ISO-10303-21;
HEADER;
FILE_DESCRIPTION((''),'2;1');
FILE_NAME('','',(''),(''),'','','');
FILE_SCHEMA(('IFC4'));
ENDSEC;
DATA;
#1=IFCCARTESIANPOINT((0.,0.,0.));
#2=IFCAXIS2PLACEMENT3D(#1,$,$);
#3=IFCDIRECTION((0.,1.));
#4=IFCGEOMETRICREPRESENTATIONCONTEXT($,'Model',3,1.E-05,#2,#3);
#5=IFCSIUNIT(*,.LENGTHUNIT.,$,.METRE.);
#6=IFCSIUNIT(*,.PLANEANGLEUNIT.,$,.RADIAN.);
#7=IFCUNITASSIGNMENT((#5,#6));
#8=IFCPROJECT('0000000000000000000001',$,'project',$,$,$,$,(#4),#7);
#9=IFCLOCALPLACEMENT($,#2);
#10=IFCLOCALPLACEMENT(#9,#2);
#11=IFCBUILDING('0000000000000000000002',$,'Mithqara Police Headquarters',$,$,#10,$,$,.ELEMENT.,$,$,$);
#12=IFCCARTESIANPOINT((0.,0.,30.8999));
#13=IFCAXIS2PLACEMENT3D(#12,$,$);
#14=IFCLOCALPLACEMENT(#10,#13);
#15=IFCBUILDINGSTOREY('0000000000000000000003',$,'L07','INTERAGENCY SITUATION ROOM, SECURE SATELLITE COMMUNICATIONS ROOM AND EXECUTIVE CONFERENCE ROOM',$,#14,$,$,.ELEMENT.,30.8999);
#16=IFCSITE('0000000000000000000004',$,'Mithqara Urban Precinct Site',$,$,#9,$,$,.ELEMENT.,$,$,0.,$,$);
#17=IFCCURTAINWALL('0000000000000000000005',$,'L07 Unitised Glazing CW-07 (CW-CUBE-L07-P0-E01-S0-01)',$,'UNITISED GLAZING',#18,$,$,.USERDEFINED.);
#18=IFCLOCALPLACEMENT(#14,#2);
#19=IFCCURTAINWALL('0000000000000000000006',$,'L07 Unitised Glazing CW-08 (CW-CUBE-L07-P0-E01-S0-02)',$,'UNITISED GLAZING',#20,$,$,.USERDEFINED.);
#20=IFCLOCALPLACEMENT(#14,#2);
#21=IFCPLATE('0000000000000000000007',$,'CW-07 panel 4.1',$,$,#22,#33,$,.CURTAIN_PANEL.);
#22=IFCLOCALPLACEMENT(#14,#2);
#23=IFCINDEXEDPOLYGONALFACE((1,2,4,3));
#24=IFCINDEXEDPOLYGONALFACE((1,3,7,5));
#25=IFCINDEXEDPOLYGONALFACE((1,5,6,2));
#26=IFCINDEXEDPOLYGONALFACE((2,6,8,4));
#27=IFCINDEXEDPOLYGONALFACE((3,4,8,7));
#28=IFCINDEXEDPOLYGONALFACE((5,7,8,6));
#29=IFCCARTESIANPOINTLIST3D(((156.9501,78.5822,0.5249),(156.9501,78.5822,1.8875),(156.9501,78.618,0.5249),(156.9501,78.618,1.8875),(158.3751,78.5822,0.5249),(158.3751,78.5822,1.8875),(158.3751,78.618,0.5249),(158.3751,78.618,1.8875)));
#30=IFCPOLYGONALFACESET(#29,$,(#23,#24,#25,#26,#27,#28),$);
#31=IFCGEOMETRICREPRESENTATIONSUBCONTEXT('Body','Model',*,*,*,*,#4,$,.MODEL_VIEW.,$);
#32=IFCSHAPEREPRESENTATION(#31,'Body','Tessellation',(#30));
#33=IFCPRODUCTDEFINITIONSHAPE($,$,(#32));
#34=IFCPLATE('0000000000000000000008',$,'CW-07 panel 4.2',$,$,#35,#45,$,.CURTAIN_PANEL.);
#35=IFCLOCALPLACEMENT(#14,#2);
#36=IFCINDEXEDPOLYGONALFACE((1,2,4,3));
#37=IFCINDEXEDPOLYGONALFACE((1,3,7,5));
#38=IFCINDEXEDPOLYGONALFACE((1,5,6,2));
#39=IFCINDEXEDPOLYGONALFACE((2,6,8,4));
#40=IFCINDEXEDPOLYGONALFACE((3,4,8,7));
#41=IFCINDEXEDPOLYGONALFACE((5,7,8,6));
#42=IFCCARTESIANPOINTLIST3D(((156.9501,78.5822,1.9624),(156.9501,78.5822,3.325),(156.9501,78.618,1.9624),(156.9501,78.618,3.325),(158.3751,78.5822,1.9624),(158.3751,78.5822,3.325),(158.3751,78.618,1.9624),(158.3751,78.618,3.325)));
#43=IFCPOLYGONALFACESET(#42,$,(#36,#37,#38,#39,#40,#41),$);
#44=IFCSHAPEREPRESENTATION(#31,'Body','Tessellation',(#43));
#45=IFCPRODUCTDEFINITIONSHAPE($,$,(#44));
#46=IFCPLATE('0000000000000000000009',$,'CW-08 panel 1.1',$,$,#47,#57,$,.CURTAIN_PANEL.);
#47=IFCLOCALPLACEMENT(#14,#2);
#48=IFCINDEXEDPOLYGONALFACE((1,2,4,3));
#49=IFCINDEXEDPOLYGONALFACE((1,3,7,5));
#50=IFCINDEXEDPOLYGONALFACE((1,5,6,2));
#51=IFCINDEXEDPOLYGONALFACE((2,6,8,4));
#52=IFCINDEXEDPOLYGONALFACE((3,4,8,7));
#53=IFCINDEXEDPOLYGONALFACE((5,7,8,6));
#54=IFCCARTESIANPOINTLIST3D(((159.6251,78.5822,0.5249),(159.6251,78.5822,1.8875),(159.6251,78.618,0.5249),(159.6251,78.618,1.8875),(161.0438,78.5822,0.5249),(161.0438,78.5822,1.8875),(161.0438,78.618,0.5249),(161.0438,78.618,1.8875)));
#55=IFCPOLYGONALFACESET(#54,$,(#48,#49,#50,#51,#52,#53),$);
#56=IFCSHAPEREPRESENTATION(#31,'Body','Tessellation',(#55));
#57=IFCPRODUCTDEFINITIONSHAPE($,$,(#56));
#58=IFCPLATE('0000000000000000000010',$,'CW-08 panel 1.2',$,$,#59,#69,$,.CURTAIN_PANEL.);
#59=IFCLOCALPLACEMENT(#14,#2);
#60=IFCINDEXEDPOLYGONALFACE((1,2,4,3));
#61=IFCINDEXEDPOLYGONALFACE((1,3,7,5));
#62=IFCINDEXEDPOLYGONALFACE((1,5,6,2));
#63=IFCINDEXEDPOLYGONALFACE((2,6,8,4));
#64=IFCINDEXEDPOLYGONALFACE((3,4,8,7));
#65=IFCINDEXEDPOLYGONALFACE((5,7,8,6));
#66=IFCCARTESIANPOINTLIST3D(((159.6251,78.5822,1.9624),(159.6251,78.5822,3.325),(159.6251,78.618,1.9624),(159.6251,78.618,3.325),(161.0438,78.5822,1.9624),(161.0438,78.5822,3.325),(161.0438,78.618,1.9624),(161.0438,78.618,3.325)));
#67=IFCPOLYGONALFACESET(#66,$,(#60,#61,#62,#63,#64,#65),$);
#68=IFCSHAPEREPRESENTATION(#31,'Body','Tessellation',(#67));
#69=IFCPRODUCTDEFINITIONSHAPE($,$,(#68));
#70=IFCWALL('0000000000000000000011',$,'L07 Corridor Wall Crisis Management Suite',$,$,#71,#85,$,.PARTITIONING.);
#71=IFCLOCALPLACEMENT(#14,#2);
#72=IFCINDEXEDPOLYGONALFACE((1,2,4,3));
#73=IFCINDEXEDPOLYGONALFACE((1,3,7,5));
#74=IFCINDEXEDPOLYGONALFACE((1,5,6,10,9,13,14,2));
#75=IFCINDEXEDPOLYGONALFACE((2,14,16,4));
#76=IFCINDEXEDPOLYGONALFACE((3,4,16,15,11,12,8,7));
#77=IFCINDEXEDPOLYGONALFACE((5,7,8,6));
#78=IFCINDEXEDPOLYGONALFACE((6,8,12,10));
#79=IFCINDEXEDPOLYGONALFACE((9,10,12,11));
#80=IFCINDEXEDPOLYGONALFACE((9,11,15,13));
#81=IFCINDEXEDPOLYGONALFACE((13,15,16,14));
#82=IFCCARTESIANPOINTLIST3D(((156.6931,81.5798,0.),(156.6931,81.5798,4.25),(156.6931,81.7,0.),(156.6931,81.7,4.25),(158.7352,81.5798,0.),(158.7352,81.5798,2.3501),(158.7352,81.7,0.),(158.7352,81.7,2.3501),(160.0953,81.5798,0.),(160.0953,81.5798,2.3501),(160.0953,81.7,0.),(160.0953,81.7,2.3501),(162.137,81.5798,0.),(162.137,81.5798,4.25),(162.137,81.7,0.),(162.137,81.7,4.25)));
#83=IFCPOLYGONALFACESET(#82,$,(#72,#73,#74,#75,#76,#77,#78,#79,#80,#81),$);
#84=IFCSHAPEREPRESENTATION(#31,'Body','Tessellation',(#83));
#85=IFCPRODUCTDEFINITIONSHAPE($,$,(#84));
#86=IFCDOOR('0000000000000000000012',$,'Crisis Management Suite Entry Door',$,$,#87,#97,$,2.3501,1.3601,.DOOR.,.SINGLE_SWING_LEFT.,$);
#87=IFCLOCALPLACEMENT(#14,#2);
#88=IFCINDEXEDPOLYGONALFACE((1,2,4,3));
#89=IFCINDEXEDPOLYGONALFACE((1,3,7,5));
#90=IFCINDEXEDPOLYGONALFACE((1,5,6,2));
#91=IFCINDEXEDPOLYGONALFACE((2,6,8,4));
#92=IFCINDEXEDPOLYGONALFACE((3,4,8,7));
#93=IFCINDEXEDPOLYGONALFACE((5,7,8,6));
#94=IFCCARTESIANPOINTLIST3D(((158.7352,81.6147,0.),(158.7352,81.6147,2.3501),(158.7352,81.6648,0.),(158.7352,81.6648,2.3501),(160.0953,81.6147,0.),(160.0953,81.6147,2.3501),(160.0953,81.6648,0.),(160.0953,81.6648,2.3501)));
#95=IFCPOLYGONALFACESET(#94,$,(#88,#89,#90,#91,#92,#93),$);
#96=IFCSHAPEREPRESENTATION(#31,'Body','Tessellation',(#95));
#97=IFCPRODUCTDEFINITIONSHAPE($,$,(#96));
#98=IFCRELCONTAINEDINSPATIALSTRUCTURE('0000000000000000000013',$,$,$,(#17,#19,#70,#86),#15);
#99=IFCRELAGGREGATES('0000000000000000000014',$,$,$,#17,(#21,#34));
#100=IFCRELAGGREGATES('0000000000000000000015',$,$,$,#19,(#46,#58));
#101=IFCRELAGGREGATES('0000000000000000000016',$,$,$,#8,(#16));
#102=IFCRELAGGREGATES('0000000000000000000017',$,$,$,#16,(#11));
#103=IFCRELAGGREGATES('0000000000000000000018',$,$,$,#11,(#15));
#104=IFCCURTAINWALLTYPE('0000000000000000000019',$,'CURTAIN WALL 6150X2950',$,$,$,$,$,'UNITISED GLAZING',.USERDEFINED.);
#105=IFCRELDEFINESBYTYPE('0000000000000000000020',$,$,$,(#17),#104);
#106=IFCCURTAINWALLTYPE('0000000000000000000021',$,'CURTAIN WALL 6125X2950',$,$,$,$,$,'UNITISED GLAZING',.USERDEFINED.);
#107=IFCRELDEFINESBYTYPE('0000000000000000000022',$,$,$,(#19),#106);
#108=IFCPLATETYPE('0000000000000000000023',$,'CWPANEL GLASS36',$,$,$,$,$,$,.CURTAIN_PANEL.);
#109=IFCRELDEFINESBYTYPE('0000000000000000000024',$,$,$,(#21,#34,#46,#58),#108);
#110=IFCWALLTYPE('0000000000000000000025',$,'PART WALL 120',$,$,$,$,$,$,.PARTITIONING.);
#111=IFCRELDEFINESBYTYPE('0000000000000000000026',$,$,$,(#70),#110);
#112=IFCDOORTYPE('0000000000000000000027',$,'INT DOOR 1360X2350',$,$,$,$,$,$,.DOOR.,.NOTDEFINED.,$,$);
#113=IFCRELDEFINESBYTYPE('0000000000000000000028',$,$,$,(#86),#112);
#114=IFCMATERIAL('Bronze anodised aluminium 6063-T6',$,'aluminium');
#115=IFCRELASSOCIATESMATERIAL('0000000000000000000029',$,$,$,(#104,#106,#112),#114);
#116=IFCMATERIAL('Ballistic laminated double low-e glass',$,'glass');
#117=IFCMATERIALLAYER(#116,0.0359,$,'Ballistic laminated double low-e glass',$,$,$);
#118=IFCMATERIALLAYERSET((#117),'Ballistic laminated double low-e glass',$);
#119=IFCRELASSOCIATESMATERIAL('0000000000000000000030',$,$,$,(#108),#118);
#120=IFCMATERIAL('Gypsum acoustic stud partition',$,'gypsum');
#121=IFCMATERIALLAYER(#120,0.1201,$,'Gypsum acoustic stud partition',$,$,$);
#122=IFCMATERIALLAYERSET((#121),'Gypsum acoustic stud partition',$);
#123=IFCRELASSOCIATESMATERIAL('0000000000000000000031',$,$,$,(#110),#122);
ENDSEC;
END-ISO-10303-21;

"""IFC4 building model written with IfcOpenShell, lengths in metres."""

from ifc_helpers import new_model, si_unit, direction, frame, frame_2d, origin, origin_2d, place, context, subcontext, project, spatial, rectangle, extrude, material, layer, layer_set, type_object, element, fill, aggregate, save


model = new_model("IFC4")

# Units and contexts
model_context = context("Model", 3, precision=1e-05, world=origin(), true_north=direction((0.0, 1.0)))
body_context = subcontext(model_context, "Body", "Model", "MODEL_VIEW")
ifc_project = project(units=[si_unit("LENGTHUNIT", "METRE"), si_unit("PLANEANGLEUNIT", "RADIAN")], contexts=[model_context])

# Site, building, storey
site_placement = place(None, origin())
site = spatial("IfcSite", under=ifc_project, at=site_placement, Name="Mithqara Urban Precinct Site", CompositionType="ELEMENT", RefElevation=0.0)
building_placement = place(site_placement, origin())
building = spatial("IfcBuilding", under=site, at=building_placement, Name="Mithqara Police Headquarters", CompositionType="ELEMENT")
storey_placement = place(building_placement, frame((0.0, 0.0, 30.8999)))
storey = spatial("IfcBuildingStorey", under=building, at=storey_placement, Name="L07", Description="INTERAGENCY SITUATION ROOM, SECURE SATELLITE COMMUNICATIONS ROOM AND EXECUTIVE CONFERENCE ROOM", CompositionType="ELEMENT", Elevation=30.8999)

# Curtain walls
ifc_material_1 = material(Name="Bronze anodised aluminium 6063-T6", Category="aluminium")
curtain_wall_type_1 = type_object("IfcCurtainWallType", Name="CURTAIN WALL 6150X2950", ElementType="UNITISED GLAZING", PredefinedType="USERDEFINED", material=ifc_material_1)
curtain_wall_1_placement = place(storey_placement, origin())
curtain_wall_1 = element("IfcCurtainWall", 1, at=curtain_wall_1_placement, inside=storey, type_object=curtain_wall_type_1, Name="L07 Unitised Glazing CW-07 (CW-CUBE-L07-P0-E01-S0-01)", ObjectType="UNITISED GLAZING", PredefinedType="USERDEFINED")
curtain_wall_type_2 = type_object("IfcCurtainWallType", Name="CURTAIN WALL 6125X2950", ElementType="UNITISED GLAZING", PredefinedType="USERDEFINED", material=ifc_material_1)
curtain_wall_2_placement = place(storey_placement, origin())
curtain_wall_2 = element("IfcCurtainWall", 2, at=curtain_wall_2_placement, inside=storey, type_object=curtain_wall_type_2, Name="L07 Unitised Glazing CW-08 (CW-CUBE-L07-P0-E01-S0-02)", ObjectType="UNITISED GLAZING", PredefinedType="USERDEFINED")

# Plates
ifc_material_2 = material(Name="Ballistic laminated double low-e glass", Category="glass")
ifc_layer_1 = layer(ifc_material_2, 0.0359, Name="Ballistic laminated double low-e glass")
ifc_layer_set_1 = layer_set([ifc_layer_1], Name="Ballistic laminated double low-e glass")
plate_type = type_object("IfcPlateType", Name="CWPANEL GLASS36", PredefinedType="CURTAIN_PANEL", material=ifc_layer_set_1)
plate_1_placement = place(storey_placement, frame((157.6626, 78.6001, 0.5249), z_axis=(0.0, 0.0, 1.0), x_axis=(1.0, 0.0, 0.0)))
plate_1 = element("IfcPlate", 3, at=plate_1_placement, type_object=plate_type, Name="CW-07 panel 4.1", PredefinedType="CURTAIN_PANEL", context=body_context, shape_type="SweptSolid", body=[
    extrude(rectangle(XDim=1.425, YDim=0.0359, at=origin_2d()), origin(), (0.0, 0.0, 1.0), 1.3625),
])
plate_2_placement = place(storey_placement, frame((157.6626, 78.6001, 1.9624), z_axis=(0.0, 0.0, 1.0), x_axis=(1.0, 0.0, 0.0)))
plate_2 = element("IfcPlate", 4, at=plate_2_placement, type_object=plate_type, Name="CW-07 panel 4.2", PredefinedType="CURTAIN_PANEL", context=body_context, shape_type="SweptSolid", body=[
    extrude(rectangle(XDim=1.425, YDim=0.0359, at=origin_2d()), origin(), (0.0, 0.0, 1.0), 1.3625),
])
aggregate(curtain_wall_1, [plate_1, plate_2])
plate_3_placement = place(storey_placement, frame((160.3345, 78.6001, 0.5249), z_axis=(0.0, 0.0, 1.0), x_axis=(1.0, 0.0, 0.0)))
plate_3 = element("IfcPlate", 5, at=plate_3_placement, type_object=plate_type, Name="CW-08 panel 1.1", PredefinedType="CURTAIN_PANEL", context=body_context, shape_type="SweptSolid", body=[
    extrude(rectangle(XDim=1.4187, YDim=0.0359, at=origin_2d()), origin(), (0.0, 0.0, 1.0), 1.3625),
])
plate_4_placement = place(storey_placement, frame((160.3345, 78.6001, 1.9624), z_axis=(0.0, 0.0, 1.0), x_axis=(1.0, 0.0, 0.0)))
plate_4 = element("IfcPlate", 6, at=plate_4_placement, type_object=plate_type, Name="CW-08 panel 1.2", PredefinedType="CURTAIN_PANEL", context=body_context, shape_type="SweptSolid", body=[
    extrude(rectangle(XDim=1.4187, YDim=0.0359, at=origin_2d()), origin(), (0.0, 0.0, 1.0), 1.3625),
])
aggregate(curtain_wall_2, [plate_3, plate_4])

# Wall, opening, door
ifc_material_3 = material(Name="Gypsum acoustic stud partition", Category="gypsum")
ifc_layer_2 = layer(ifc_material_3, 0.1201, Name="Gypsum acoustic stud partition")
ifc_layer_set_2 = layer_set([ifc_layer_2], Name="Gypsum acoustic stud partition")
wall_type = type_object("IfcWallType", Name="PART WALL 120", PredefinedType="PARTITIONING", material=ifc_layer_set_2)
wall_placement = place(storey_placement, frame((156.6931, 81.6399, 0.0), z_axis=(0.0, 0.0, 1.0), x_axis=(1.0, 0.0, 0.0)))
wall = element("IfcWall", 7, at=wall_placement, inside=storey, type_object=wall_type, Name="L07 Corridor Wall Crisis Management Suite", PredefinedType="PARTITIONING", context=body_context, shape_type="SweptSolid", body=[
    extrude(rectangle(XDim=5.4438, YDim=0.1201, at=frame_2d((2.7219, 0.0))), origin(), (0.0, 0.0, 1.0), 4.25),
])
opening_placement = place(wall_placement, frame((2.042, 0.0, 0.0)))
opening = element("IfcOpeningElement", 8, at=opening_placement, cuts=wall, PredefinedType="OPENING", context=body_context, shape_type="SweptSolid", body=[
    extrude(rectangle(XDim=1.3601, YDim=2.3501, at=frame_2d((0.6802, 1.175))), frame((0.0, 0.0701, 0.0), z_axis=(0.0, -1.0, 0.0), x_axis=(1.0, 0.0, 0.0)), (0.0, 0.0, 1.0), 0.1401),
])
door_type = type_object("IfcDoorType", Name="INT DOOR 1360X2350", OperationType="NOTDEFINED", PredefinedType="DOOR", material=ifc_material_1)
door_placement = place(opening_placement, origin())
door = element("IfcDoor", 9, at=door_placement, inside=storey, type_object=door_type, Name="Crisis Management Suite Entry Door", OperationType="SINGLE_SWING_LEFT", OverallHeight=2.3501, OverallWidth=1.3601, PredefinedType="DOOR", context=body_context, shape_type="SweptSolid", body=[
    extrude(rectangle(XDim=1.3601, YDim=2.3501, at=frame_2d((0.6802, 1.175))), frame((0.0, 0.0249, 0.0), z_axis=(0.0, -1.0, 0.0), x_axis=(1.0, 0.0, 0.0)), (0.0, 0.0, 1.0), 0.05),
])
fill(opening, door)

save(model, "model.ifc")
